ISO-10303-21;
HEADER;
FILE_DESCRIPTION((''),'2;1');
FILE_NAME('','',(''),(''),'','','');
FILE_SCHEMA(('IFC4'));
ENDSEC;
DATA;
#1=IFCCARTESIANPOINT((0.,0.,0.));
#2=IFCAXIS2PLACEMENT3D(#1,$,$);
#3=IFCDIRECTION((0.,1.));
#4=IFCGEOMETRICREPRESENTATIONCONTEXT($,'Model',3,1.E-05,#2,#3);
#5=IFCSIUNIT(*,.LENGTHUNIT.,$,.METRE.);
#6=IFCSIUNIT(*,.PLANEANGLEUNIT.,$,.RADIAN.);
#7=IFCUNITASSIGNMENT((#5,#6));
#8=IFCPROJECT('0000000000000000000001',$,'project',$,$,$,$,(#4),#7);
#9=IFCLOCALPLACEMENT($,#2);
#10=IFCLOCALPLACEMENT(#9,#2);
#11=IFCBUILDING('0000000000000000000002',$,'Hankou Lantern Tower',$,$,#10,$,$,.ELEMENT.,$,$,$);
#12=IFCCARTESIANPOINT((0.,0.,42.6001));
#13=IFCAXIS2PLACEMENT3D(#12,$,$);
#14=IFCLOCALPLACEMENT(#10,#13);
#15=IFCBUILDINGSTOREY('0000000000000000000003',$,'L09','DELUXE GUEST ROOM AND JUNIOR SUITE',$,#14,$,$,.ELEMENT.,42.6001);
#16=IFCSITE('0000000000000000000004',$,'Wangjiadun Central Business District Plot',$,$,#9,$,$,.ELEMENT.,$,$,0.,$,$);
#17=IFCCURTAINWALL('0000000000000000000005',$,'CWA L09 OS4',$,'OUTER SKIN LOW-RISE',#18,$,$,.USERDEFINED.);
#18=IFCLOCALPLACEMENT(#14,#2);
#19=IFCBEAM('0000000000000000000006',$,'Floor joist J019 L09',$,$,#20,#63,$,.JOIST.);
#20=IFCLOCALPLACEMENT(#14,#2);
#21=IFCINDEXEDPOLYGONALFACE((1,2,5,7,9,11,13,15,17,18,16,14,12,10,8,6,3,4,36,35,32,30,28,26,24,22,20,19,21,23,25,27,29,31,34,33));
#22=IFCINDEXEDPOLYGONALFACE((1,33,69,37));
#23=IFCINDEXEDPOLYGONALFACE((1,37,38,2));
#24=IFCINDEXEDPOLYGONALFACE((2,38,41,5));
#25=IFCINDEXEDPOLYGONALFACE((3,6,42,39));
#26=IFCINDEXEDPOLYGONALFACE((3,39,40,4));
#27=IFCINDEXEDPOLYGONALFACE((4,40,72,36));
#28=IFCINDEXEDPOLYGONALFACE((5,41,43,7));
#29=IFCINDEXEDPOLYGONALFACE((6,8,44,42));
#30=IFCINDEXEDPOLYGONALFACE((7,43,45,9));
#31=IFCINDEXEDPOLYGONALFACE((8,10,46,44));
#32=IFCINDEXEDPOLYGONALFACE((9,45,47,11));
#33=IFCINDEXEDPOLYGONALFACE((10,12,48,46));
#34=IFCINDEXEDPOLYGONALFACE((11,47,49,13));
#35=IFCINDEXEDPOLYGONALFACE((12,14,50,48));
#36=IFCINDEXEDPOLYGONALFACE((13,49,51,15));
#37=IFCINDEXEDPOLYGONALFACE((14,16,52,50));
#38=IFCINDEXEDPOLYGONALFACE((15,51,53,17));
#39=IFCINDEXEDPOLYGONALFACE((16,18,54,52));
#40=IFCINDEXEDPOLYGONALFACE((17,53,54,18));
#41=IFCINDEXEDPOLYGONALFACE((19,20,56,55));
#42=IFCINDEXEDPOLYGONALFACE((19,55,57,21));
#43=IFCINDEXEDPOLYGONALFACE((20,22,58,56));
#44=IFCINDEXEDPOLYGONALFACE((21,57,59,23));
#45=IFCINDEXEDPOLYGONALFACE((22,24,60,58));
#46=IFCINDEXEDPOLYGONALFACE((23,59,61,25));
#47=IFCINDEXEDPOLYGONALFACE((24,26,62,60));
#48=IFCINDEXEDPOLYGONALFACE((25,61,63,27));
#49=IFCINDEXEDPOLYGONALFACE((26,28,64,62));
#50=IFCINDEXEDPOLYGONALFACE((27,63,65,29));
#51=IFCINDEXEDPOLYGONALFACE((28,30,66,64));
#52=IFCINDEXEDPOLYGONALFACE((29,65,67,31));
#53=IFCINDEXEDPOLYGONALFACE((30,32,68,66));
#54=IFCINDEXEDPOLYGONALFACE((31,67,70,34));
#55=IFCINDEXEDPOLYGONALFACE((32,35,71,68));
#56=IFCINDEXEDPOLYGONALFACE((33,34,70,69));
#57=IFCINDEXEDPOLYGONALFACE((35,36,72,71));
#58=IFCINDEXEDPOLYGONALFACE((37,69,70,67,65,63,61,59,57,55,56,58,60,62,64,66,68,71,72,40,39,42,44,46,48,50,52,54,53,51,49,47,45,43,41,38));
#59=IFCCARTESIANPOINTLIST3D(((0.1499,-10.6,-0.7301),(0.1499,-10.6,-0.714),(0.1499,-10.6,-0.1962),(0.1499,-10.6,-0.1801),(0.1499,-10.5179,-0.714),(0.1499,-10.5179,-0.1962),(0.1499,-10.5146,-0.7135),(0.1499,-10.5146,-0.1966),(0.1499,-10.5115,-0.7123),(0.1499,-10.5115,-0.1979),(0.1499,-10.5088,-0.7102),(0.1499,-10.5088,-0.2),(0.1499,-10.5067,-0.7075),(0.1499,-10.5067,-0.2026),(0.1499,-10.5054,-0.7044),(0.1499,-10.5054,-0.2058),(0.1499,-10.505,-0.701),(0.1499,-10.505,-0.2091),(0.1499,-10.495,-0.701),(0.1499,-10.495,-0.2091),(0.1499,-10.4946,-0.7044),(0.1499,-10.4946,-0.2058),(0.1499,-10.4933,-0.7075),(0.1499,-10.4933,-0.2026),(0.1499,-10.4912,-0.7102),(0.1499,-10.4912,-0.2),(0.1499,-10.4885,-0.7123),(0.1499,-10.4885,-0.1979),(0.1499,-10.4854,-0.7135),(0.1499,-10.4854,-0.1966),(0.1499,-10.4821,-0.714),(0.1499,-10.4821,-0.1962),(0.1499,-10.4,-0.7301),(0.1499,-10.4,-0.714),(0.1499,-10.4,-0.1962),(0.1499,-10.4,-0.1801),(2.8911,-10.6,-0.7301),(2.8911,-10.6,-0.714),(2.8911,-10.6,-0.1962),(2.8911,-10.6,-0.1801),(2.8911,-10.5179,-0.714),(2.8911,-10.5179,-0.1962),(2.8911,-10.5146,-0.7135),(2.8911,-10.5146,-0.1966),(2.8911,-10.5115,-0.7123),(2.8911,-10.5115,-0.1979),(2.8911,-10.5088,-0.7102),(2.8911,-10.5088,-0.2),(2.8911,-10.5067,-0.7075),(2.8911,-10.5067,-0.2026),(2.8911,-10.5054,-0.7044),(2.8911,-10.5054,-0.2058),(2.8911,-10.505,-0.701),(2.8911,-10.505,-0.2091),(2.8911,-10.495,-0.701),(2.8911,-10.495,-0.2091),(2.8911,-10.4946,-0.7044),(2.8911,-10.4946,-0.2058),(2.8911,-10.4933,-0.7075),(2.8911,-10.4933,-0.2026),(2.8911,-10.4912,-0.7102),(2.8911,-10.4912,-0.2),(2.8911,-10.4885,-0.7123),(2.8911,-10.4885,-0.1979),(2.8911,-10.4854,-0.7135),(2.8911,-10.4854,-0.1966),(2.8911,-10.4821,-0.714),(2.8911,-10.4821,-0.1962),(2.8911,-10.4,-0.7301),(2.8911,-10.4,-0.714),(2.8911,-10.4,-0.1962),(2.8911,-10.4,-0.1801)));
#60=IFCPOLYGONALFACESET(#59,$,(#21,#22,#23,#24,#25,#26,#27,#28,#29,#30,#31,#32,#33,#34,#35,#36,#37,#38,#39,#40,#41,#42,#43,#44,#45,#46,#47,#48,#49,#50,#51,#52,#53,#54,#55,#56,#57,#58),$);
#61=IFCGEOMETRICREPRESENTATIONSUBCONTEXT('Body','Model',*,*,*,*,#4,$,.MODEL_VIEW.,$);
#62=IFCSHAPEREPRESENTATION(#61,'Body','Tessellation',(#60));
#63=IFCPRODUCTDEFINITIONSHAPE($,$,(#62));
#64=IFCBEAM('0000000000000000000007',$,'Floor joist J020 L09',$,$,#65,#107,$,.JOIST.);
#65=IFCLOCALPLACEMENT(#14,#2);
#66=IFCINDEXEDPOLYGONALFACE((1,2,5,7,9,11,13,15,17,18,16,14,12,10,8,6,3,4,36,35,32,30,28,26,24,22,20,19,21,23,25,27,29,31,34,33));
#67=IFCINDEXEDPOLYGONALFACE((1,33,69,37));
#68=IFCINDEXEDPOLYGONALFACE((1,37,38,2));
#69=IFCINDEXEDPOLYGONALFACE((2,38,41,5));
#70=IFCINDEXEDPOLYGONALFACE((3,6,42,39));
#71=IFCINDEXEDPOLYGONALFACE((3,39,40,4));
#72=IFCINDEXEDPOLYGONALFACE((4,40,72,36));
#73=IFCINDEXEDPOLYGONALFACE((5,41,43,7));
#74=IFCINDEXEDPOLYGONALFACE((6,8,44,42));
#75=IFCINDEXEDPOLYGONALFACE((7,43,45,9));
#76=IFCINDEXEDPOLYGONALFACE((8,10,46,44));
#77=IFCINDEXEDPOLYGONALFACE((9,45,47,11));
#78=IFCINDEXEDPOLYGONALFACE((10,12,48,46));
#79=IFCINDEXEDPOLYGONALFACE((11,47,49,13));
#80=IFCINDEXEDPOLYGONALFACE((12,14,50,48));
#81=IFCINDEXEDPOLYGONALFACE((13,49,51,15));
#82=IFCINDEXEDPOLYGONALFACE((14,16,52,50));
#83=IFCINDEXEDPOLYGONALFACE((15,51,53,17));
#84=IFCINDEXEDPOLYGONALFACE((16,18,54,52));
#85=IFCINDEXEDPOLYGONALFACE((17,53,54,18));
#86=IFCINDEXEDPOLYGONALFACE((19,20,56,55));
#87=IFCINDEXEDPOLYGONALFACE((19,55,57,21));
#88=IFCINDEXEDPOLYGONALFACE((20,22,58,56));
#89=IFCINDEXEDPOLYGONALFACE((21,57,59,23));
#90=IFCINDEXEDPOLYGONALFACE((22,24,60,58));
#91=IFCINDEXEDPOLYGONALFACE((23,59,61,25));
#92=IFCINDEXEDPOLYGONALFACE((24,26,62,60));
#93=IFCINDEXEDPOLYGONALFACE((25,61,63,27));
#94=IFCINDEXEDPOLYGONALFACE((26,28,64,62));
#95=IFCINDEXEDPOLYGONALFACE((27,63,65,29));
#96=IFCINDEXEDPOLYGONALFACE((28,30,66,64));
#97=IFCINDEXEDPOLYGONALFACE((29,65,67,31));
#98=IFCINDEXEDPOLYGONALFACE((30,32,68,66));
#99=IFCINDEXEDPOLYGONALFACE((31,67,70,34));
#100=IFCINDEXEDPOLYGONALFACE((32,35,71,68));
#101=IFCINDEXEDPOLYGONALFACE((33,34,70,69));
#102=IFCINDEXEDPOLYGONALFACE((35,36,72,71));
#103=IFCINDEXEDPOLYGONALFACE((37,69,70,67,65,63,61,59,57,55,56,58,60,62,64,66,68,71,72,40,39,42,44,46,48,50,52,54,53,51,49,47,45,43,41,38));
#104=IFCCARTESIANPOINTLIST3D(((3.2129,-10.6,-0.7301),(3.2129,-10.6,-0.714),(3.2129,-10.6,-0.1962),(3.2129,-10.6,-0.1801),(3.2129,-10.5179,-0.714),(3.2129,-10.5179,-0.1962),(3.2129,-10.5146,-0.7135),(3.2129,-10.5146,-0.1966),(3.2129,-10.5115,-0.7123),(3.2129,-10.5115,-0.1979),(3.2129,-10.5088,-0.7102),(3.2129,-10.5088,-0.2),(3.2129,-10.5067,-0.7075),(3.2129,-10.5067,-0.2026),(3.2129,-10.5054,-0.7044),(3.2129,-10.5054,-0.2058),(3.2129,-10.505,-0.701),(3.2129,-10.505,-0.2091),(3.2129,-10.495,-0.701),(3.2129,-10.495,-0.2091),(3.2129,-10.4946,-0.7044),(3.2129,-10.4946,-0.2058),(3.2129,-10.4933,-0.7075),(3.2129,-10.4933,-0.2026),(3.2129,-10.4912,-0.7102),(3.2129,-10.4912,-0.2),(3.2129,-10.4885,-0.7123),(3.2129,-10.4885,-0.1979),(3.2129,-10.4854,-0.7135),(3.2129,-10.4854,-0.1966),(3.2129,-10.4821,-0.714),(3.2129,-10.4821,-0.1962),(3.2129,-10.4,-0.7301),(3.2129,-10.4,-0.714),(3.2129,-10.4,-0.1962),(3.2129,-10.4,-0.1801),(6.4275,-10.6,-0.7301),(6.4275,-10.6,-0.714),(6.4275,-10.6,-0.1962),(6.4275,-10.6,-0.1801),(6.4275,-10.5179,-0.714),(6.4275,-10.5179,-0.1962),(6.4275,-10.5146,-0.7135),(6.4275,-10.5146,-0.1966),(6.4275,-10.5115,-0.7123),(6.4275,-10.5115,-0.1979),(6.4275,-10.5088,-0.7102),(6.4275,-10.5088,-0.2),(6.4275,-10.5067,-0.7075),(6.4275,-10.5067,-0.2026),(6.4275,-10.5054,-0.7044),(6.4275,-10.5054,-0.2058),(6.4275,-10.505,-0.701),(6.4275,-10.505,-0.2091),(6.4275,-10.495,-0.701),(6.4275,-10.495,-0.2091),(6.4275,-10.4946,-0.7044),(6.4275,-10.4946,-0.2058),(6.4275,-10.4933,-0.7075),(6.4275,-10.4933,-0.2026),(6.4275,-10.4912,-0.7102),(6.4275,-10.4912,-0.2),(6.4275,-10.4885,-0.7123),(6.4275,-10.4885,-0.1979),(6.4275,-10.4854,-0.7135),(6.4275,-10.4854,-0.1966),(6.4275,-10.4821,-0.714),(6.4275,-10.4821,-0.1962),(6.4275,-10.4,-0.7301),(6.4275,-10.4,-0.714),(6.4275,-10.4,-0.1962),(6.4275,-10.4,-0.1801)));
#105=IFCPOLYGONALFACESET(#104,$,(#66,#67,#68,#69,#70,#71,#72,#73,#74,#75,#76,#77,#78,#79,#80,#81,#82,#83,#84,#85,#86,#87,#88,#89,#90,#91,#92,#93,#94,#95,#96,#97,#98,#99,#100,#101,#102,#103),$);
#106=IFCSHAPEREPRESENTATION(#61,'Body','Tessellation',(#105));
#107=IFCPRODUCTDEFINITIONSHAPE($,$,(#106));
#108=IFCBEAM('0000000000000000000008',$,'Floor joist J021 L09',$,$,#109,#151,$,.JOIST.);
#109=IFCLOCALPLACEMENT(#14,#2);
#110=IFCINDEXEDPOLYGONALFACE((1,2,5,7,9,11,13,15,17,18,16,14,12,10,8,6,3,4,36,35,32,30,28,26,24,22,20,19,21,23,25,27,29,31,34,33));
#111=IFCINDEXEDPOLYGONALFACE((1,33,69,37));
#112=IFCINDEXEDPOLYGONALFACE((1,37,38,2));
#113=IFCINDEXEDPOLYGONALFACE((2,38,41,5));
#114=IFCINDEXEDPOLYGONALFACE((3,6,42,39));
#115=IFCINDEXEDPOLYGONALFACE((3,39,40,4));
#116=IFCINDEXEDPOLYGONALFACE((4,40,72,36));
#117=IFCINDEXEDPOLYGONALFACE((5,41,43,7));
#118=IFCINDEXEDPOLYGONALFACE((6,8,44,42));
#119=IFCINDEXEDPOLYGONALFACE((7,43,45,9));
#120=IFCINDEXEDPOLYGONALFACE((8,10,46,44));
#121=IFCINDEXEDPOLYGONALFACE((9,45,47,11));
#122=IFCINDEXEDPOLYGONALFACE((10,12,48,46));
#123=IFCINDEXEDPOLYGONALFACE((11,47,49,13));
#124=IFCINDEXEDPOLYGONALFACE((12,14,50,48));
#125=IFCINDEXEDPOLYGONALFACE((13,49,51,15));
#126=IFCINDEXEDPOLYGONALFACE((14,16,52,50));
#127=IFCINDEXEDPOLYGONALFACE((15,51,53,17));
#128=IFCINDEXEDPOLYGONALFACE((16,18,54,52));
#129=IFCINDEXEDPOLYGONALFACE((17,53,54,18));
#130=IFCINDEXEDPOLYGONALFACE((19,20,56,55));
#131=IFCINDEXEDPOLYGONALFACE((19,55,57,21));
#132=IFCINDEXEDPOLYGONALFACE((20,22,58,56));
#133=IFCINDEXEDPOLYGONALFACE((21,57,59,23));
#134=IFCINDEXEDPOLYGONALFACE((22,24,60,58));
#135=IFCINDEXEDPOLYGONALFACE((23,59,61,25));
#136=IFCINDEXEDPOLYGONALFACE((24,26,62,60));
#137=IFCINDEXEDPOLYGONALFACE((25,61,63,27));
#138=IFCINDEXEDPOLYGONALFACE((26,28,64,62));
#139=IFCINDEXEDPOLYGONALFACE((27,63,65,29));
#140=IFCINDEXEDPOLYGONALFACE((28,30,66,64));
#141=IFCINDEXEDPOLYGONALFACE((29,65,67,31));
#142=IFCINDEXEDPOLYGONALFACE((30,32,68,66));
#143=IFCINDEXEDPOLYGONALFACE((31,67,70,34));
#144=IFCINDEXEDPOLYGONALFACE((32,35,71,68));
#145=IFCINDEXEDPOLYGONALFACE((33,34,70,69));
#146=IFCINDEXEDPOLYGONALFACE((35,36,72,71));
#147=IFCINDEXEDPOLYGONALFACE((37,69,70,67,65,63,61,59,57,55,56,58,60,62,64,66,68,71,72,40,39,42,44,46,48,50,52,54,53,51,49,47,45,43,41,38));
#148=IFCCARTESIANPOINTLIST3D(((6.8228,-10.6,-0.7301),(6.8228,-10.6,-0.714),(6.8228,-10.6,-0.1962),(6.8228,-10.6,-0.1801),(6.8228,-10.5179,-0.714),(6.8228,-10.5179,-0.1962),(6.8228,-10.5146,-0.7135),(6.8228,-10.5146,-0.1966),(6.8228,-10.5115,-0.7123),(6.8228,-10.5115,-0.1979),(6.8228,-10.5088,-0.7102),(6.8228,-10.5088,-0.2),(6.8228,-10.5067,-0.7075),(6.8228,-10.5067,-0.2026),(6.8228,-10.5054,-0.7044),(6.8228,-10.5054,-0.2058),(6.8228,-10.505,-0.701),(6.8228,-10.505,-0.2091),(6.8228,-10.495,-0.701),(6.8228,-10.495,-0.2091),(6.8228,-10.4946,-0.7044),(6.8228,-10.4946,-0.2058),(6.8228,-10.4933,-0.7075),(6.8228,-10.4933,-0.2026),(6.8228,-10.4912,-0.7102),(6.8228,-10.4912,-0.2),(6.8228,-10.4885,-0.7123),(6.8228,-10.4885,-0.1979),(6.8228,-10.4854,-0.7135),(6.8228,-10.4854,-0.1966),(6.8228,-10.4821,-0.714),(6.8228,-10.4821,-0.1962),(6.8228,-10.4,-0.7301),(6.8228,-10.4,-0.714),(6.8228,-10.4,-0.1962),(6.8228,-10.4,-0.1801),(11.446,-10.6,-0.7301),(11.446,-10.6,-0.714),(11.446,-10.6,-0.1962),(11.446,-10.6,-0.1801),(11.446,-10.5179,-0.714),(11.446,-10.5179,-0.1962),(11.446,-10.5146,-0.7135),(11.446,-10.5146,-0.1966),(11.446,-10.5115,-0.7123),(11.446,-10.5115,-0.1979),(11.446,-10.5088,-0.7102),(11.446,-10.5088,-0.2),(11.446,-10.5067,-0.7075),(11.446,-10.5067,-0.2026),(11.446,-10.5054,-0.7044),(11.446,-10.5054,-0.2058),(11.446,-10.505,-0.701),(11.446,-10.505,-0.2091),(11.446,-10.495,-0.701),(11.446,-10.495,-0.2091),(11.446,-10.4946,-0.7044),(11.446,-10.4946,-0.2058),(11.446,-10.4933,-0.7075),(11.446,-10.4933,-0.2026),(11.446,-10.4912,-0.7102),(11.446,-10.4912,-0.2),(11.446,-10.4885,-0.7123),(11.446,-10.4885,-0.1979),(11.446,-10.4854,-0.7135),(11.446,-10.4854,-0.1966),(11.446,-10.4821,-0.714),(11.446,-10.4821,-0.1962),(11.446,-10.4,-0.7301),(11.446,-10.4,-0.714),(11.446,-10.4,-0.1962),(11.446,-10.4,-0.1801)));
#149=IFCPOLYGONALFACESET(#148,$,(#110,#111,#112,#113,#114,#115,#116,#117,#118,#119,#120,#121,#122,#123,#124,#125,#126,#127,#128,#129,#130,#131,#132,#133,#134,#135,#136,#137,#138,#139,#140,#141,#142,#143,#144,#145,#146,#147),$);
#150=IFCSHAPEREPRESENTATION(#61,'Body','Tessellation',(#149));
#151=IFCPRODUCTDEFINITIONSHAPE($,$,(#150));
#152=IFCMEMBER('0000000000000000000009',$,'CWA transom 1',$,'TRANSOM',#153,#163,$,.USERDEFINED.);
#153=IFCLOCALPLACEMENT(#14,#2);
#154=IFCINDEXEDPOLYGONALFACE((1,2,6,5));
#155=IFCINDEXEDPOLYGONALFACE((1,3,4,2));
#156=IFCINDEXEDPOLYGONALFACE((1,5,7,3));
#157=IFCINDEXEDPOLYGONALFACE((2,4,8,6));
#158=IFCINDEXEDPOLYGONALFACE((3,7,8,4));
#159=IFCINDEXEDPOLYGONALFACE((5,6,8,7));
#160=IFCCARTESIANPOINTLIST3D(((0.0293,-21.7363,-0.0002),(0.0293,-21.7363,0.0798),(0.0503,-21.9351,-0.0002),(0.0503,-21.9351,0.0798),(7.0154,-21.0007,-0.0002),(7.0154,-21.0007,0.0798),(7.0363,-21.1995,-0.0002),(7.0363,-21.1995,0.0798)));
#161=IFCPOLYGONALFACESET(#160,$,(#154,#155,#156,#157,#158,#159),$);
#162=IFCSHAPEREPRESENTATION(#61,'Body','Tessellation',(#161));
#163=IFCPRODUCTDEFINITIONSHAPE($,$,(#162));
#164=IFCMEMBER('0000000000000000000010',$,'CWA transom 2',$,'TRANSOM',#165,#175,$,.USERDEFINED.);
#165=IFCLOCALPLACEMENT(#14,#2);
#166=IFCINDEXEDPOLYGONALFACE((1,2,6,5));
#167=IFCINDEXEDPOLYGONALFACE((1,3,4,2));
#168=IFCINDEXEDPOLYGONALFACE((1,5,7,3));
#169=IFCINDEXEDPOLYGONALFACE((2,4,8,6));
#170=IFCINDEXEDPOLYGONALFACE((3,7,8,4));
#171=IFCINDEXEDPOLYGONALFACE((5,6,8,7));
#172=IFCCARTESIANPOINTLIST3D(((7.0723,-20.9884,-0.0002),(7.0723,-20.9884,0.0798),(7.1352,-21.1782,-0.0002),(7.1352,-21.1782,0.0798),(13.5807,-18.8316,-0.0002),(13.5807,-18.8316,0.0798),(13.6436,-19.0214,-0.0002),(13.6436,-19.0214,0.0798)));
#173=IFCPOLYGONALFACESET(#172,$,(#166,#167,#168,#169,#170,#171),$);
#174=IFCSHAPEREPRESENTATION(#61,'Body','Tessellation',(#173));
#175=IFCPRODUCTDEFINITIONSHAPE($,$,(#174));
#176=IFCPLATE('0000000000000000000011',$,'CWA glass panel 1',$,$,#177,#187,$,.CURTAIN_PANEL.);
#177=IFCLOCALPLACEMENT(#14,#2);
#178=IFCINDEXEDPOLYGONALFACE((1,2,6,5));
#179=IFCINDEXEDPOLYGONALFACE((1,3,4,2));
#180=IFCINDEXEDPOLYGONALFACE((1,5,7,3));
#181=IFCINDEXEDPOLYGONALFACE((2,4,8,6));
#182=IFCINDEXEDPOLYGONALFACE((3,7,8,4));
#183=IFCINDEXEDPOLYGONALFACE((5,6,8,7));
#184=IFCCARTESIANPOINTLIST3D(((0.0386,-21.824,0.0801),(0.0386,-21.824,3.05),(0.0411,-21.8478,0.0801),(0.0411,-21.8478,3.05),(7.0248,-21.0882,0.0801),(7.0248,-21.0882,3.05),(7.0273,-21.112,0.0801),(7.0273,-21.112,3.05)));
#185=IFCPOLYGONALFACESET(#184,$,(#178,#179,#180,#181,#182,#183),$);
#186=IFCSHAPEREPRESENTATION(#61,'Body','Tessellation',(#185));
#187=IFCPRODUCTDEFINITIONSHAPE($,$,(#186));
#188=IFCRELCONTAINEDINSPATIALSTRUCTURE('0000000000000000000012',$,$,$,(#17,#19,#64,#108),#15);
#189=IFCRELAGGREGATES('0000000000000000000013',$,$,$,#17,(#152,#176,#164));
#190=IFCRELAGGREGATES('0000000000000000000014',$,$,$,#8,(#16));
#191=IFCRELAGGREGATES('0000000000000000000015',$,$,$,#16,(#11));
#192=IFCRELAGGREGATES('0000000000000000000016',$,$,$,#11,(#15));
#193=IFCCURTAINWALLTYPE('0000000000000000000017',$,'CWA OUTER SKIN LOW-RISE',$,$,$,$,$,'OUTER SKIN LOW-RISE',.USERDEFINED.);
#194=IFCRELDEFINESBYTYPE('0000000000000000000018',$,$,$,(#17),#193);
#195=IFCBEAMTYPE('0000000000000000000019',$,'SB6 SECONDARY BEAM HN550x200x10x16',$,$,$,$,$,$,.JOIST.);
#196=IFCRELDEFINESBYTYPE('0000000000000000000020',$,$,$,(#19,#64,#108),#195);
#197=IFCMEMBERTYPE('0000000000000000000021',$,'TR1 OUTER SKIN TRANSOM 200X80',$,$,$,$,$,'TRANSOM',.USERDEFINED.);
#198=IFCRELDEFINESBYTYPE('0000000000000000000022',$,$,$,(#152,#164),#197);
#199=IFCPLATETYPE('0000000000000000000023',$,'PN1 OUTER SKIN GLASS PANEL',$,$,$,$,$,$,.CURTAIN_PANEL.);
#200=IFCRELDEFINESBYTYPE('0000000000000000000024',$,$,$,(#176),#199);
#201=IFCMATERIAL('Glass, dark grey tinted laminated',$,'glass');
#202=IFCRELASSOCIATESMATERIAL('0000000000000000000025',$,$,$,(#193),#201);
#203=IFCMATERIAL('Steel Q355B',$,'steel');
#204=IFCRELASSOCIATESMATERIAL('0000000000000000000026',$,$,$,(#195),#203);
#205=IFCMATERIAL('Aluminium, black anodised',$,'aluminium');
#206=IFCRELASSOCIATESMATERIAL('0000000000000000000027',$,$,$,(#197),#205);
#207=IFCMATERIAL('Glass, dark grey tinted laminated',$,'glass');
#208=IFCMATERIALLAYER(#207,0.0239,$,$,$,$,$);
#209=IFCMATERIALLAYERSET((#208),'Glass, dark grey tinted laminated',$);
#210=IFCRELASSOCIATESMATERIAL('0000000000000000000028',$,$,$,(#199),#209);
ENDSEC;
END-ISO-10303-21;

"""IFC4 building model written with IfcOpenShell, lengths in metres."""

from ifc_helpers import new_model, si_unit, direction, frame, origin, origin_2d, place, context, subcontext, project, spatial, rectangle, i_section, extrude, material, layer, layer_set, material_profile, profile_set, type_object, element, aggregate, save


model = new_model("IFC4")

# Units and contexts
model_context = context("Model", 3, precision=1e-05, world=origin(), true_north=direction((0.0, 1.0)))
body_context = subcontext(model_context, "Body", "Model", "MODEL_VIEW")
ifc_project = project(units=[si_unit("LENGTHUNIT", "METRE"), si_unit("PLANEANGLEUNIT", "RADIAN")], contexts=[model_context])

# Site, building, storey
site_placement = place(None, origin())
site = spatial("IfcSite", under=ifc_project, at=site_placement, Name="Wangjiadun Central Business District Plot", CompositionType="ELEMENT", RefElevation=0.0)
building_placement = place(site_placement, origin())
building = spatial("IfcBuilding", under=site, at=building_placement, Name="Hankou Lantern Tower", CompositionType="ELEMENT")
storey_placement = place(building_placement, frame((0.0, 0.0, 42.6001)))
storey = spatial("IfcBuildingStorey", under=building, at=storey_placement, Name="L09", Description="DELUXE GUEST ROOM AND JUNIOR SUITE", CompositionType="ELEMENT", Elevation=42.6001)

# Curtain wall
ifc_material_1 = material(Name="Glass, dark grey tinted laminated", Category="glass")
curtain_wall_type = type_object("IfcCurtainWallType", Name="CWA OUTER SKIN LOW-RISE", ElementType="OUTER SKIN LOW-RISE", PredefinedType="USERDEFINED", material=ifc_material_1)
curtain_wall_placement = place(storey_placement, origin())
curtain_wall = element("IfcCurtainWall", 1, at=curtain_wall_placement, inside=storey, type_object=curtain_wall_type, Name="CWA L09 OS4", ObjectType="OUTER SKIN LOW-RISE", PredefinedType="USERDEFINED")

# Beams
ifc_material_2 = material(Name="Steel Q355B", Category="steel")
ifc_material_profile_1 = material_profile(ifc_material_2, i_section(OverallWidth=0.2, OverallDepth=0.55, WebThickness=0.01, FlangeThickness=0.0161, FilletRadius=0.0129, at=origin_2d()), Name="HN550x200x10x16")
ifc_profile_set_1 = profile_set([ifc_material_profile_1], Name="Steel Q355B")
beam_type_1 = type_object("IfcBeamType", Name="SB6 SECONDARY BEAM HN550x200x10x16", PredefinedType="JOIST", material=ifc_profile_set_1)
beam_1_placement = place(storey_placement, frame((0.1499, -10.5, -0.4551), z_axis=(1.0, 0.0, 0.0), x_axis=(0.0, 1.0, 0.0)))
element("IfcBeam", 2, at=beam_1_placement, inside=storey, type_object=beam_type_1, Name="Floor joist J019 L09", PredefinedType="JOIST", context=body_context, shape_type="SweptSolid", body=[
    extrude(i_section(OverallWidth=0.2, OverallDepth=0.55, WebThickness=0.01, FlangeThickness=0.0161, FilletRadius=0.0129, at=origin_2d()), origin(), (0.0, 0.0, 1.0), 2.7412),
])
beam_2_placement = place(storey_placement, frame((3.2129, -10.5, -0.4551), z_axis=(1.0, 0.0, 0.0), x_axis=(0.0, 1.0, 0.0)))
element("IfcBeam", 3, at=beam_2_placement, inside=storey, type_object=beam_type_1, Name="Floor joist J020 L09", PredefinedType="JOIST", context=body_context, shape_type="SweptSolid", body=[
    extrude(i_section(OverallWidth=0.2, OverallDepth=0.55, WebThickness=0.01, FlangeThickness=0.0161, FilletRadius=0.0129, at=origin_2d()), origin(), (0.0, 0.0, 1.0), 3.2146),
])
beam_3_placement = place(storey_placement, frame((6.8228, -10.5, -0.4551), z_axis=(1.0, 0.0, 0.0), x_axis=(0.0, 1.0, 0.0)))
element("IfcBeam", 4, at=beam_3_placement, inside=storey, type_object=beam_type_1, Name="Floor joist J021 L09", PredefinedType="JOIST", context=body_context, shape_type="SweptSolid", body=[
    extrude(i_section(OverallWidth=0.2, OverallDepth=0.55, WebThickness=0.01, FlangeThickness=0.0161, FilletRadius=0.0129, at=origin_2d()), origin(), (0.0, 0.0, 1.0), 4.6233),
])

# Members
ifc_material_3 = material(Name="Aluminium, black anodised", Category="aluminium")
ifc_material_profile_2 = material_profile(ifc_material_3, rectangle(XDim=0.2, YDim=0.0801, at=origin_2d()), Name="TR1 200X80")
ifc_profile_set_2 = profile_set([ifc_material_profile_2], Name="Aluminium, black anodised")
member_type_1 = type_object("IfcMemberType", Name="TR1 OUTER SKIN TRANSOM 200X80", ElementType="TRANSOM", PredefinedType="USERDEFINED", material=ifc_profile_set_2)
member_1_placement = place(storey_placement, frame((0.0398, -21.8357, 0.0398), z_axis=(0.994502, 0.104716, 0.0), x_axis=(-0.104716, 0.994502, 0.0)))
member_1 = element("IfcMember", 5, at=member_1_placement, type_object=member_type_1, Name="CWA transom 1", ObjectType="TRANSOM", PredefinedType="USERDEFINED", context=body_context, shape_type="SweptSolid", body=[
    extrude(rectangle(XDim=0.2, YDim=0.0801, at=origin_2d()), origin(), (0.0, 0.0, 1.0), 7.0247),
])
member_2_placement = place(storey_placement, frame((7.1038, -21.0833, 0.0398), z_axis=(0.949237, 0.314561, 0.0), x_axis=(-0.314561, 0.949237, 0.0)))
member_2 = element("IfcMember", 6, at=member_2_placement, type_object=member_type_1, Name="CWA transom 2", ObjectType="TRANSOM", PredefinedType="USERDEFINED", context=body_context, shape_type="SweptSolid", body=[
    extrude(rectangle(XDim=0.2, YDim=0.0801, at=origin_2d()), origin(), (0.0, 0.0, 1.0), 6.8564),
])

# Plate
ifc_material_4 = material(Name="Glass, dark grey tinted laminated", Category="glass")
ifc_layer_1 = layer(ifc_material_4, 0.0239)
ifc_layer_set_1 = layer_set([ifc_layer_1], Name="Glass, dark grey tinted laminated")
plate_type = type_object("IfcPlateType", Name="PN1 OUTER SKIN GLASS PANEL", PredefinedType="CURTAIN_PANEL", material=ifc_layer_set_1)
plate_1_placement = place(storey_placement, frame((3.533, -21.468, 0.0801), z_axis=(0.0, 0.0, 1.0), x_axis=(0.994499, 0.104743, 0.0)))
plate_1 = element("IfcPlate", 7, at=plate_1_placement, type_object=plate_type, Name="CWA glass panel 1", PredefinedType="CURTAIN_PANEL", context=body_context, shape_type="SweptSolid", body=[
    extrude(rectangle(XDim=7.0249, YDim=0.0239, at=origin_2d()), origin(), (0.0, 0.0, 1.0), 2.97),
])
aggregate(curtain_wall, [member_1, plate_1, member_2])

save(model, "model.ifc")
